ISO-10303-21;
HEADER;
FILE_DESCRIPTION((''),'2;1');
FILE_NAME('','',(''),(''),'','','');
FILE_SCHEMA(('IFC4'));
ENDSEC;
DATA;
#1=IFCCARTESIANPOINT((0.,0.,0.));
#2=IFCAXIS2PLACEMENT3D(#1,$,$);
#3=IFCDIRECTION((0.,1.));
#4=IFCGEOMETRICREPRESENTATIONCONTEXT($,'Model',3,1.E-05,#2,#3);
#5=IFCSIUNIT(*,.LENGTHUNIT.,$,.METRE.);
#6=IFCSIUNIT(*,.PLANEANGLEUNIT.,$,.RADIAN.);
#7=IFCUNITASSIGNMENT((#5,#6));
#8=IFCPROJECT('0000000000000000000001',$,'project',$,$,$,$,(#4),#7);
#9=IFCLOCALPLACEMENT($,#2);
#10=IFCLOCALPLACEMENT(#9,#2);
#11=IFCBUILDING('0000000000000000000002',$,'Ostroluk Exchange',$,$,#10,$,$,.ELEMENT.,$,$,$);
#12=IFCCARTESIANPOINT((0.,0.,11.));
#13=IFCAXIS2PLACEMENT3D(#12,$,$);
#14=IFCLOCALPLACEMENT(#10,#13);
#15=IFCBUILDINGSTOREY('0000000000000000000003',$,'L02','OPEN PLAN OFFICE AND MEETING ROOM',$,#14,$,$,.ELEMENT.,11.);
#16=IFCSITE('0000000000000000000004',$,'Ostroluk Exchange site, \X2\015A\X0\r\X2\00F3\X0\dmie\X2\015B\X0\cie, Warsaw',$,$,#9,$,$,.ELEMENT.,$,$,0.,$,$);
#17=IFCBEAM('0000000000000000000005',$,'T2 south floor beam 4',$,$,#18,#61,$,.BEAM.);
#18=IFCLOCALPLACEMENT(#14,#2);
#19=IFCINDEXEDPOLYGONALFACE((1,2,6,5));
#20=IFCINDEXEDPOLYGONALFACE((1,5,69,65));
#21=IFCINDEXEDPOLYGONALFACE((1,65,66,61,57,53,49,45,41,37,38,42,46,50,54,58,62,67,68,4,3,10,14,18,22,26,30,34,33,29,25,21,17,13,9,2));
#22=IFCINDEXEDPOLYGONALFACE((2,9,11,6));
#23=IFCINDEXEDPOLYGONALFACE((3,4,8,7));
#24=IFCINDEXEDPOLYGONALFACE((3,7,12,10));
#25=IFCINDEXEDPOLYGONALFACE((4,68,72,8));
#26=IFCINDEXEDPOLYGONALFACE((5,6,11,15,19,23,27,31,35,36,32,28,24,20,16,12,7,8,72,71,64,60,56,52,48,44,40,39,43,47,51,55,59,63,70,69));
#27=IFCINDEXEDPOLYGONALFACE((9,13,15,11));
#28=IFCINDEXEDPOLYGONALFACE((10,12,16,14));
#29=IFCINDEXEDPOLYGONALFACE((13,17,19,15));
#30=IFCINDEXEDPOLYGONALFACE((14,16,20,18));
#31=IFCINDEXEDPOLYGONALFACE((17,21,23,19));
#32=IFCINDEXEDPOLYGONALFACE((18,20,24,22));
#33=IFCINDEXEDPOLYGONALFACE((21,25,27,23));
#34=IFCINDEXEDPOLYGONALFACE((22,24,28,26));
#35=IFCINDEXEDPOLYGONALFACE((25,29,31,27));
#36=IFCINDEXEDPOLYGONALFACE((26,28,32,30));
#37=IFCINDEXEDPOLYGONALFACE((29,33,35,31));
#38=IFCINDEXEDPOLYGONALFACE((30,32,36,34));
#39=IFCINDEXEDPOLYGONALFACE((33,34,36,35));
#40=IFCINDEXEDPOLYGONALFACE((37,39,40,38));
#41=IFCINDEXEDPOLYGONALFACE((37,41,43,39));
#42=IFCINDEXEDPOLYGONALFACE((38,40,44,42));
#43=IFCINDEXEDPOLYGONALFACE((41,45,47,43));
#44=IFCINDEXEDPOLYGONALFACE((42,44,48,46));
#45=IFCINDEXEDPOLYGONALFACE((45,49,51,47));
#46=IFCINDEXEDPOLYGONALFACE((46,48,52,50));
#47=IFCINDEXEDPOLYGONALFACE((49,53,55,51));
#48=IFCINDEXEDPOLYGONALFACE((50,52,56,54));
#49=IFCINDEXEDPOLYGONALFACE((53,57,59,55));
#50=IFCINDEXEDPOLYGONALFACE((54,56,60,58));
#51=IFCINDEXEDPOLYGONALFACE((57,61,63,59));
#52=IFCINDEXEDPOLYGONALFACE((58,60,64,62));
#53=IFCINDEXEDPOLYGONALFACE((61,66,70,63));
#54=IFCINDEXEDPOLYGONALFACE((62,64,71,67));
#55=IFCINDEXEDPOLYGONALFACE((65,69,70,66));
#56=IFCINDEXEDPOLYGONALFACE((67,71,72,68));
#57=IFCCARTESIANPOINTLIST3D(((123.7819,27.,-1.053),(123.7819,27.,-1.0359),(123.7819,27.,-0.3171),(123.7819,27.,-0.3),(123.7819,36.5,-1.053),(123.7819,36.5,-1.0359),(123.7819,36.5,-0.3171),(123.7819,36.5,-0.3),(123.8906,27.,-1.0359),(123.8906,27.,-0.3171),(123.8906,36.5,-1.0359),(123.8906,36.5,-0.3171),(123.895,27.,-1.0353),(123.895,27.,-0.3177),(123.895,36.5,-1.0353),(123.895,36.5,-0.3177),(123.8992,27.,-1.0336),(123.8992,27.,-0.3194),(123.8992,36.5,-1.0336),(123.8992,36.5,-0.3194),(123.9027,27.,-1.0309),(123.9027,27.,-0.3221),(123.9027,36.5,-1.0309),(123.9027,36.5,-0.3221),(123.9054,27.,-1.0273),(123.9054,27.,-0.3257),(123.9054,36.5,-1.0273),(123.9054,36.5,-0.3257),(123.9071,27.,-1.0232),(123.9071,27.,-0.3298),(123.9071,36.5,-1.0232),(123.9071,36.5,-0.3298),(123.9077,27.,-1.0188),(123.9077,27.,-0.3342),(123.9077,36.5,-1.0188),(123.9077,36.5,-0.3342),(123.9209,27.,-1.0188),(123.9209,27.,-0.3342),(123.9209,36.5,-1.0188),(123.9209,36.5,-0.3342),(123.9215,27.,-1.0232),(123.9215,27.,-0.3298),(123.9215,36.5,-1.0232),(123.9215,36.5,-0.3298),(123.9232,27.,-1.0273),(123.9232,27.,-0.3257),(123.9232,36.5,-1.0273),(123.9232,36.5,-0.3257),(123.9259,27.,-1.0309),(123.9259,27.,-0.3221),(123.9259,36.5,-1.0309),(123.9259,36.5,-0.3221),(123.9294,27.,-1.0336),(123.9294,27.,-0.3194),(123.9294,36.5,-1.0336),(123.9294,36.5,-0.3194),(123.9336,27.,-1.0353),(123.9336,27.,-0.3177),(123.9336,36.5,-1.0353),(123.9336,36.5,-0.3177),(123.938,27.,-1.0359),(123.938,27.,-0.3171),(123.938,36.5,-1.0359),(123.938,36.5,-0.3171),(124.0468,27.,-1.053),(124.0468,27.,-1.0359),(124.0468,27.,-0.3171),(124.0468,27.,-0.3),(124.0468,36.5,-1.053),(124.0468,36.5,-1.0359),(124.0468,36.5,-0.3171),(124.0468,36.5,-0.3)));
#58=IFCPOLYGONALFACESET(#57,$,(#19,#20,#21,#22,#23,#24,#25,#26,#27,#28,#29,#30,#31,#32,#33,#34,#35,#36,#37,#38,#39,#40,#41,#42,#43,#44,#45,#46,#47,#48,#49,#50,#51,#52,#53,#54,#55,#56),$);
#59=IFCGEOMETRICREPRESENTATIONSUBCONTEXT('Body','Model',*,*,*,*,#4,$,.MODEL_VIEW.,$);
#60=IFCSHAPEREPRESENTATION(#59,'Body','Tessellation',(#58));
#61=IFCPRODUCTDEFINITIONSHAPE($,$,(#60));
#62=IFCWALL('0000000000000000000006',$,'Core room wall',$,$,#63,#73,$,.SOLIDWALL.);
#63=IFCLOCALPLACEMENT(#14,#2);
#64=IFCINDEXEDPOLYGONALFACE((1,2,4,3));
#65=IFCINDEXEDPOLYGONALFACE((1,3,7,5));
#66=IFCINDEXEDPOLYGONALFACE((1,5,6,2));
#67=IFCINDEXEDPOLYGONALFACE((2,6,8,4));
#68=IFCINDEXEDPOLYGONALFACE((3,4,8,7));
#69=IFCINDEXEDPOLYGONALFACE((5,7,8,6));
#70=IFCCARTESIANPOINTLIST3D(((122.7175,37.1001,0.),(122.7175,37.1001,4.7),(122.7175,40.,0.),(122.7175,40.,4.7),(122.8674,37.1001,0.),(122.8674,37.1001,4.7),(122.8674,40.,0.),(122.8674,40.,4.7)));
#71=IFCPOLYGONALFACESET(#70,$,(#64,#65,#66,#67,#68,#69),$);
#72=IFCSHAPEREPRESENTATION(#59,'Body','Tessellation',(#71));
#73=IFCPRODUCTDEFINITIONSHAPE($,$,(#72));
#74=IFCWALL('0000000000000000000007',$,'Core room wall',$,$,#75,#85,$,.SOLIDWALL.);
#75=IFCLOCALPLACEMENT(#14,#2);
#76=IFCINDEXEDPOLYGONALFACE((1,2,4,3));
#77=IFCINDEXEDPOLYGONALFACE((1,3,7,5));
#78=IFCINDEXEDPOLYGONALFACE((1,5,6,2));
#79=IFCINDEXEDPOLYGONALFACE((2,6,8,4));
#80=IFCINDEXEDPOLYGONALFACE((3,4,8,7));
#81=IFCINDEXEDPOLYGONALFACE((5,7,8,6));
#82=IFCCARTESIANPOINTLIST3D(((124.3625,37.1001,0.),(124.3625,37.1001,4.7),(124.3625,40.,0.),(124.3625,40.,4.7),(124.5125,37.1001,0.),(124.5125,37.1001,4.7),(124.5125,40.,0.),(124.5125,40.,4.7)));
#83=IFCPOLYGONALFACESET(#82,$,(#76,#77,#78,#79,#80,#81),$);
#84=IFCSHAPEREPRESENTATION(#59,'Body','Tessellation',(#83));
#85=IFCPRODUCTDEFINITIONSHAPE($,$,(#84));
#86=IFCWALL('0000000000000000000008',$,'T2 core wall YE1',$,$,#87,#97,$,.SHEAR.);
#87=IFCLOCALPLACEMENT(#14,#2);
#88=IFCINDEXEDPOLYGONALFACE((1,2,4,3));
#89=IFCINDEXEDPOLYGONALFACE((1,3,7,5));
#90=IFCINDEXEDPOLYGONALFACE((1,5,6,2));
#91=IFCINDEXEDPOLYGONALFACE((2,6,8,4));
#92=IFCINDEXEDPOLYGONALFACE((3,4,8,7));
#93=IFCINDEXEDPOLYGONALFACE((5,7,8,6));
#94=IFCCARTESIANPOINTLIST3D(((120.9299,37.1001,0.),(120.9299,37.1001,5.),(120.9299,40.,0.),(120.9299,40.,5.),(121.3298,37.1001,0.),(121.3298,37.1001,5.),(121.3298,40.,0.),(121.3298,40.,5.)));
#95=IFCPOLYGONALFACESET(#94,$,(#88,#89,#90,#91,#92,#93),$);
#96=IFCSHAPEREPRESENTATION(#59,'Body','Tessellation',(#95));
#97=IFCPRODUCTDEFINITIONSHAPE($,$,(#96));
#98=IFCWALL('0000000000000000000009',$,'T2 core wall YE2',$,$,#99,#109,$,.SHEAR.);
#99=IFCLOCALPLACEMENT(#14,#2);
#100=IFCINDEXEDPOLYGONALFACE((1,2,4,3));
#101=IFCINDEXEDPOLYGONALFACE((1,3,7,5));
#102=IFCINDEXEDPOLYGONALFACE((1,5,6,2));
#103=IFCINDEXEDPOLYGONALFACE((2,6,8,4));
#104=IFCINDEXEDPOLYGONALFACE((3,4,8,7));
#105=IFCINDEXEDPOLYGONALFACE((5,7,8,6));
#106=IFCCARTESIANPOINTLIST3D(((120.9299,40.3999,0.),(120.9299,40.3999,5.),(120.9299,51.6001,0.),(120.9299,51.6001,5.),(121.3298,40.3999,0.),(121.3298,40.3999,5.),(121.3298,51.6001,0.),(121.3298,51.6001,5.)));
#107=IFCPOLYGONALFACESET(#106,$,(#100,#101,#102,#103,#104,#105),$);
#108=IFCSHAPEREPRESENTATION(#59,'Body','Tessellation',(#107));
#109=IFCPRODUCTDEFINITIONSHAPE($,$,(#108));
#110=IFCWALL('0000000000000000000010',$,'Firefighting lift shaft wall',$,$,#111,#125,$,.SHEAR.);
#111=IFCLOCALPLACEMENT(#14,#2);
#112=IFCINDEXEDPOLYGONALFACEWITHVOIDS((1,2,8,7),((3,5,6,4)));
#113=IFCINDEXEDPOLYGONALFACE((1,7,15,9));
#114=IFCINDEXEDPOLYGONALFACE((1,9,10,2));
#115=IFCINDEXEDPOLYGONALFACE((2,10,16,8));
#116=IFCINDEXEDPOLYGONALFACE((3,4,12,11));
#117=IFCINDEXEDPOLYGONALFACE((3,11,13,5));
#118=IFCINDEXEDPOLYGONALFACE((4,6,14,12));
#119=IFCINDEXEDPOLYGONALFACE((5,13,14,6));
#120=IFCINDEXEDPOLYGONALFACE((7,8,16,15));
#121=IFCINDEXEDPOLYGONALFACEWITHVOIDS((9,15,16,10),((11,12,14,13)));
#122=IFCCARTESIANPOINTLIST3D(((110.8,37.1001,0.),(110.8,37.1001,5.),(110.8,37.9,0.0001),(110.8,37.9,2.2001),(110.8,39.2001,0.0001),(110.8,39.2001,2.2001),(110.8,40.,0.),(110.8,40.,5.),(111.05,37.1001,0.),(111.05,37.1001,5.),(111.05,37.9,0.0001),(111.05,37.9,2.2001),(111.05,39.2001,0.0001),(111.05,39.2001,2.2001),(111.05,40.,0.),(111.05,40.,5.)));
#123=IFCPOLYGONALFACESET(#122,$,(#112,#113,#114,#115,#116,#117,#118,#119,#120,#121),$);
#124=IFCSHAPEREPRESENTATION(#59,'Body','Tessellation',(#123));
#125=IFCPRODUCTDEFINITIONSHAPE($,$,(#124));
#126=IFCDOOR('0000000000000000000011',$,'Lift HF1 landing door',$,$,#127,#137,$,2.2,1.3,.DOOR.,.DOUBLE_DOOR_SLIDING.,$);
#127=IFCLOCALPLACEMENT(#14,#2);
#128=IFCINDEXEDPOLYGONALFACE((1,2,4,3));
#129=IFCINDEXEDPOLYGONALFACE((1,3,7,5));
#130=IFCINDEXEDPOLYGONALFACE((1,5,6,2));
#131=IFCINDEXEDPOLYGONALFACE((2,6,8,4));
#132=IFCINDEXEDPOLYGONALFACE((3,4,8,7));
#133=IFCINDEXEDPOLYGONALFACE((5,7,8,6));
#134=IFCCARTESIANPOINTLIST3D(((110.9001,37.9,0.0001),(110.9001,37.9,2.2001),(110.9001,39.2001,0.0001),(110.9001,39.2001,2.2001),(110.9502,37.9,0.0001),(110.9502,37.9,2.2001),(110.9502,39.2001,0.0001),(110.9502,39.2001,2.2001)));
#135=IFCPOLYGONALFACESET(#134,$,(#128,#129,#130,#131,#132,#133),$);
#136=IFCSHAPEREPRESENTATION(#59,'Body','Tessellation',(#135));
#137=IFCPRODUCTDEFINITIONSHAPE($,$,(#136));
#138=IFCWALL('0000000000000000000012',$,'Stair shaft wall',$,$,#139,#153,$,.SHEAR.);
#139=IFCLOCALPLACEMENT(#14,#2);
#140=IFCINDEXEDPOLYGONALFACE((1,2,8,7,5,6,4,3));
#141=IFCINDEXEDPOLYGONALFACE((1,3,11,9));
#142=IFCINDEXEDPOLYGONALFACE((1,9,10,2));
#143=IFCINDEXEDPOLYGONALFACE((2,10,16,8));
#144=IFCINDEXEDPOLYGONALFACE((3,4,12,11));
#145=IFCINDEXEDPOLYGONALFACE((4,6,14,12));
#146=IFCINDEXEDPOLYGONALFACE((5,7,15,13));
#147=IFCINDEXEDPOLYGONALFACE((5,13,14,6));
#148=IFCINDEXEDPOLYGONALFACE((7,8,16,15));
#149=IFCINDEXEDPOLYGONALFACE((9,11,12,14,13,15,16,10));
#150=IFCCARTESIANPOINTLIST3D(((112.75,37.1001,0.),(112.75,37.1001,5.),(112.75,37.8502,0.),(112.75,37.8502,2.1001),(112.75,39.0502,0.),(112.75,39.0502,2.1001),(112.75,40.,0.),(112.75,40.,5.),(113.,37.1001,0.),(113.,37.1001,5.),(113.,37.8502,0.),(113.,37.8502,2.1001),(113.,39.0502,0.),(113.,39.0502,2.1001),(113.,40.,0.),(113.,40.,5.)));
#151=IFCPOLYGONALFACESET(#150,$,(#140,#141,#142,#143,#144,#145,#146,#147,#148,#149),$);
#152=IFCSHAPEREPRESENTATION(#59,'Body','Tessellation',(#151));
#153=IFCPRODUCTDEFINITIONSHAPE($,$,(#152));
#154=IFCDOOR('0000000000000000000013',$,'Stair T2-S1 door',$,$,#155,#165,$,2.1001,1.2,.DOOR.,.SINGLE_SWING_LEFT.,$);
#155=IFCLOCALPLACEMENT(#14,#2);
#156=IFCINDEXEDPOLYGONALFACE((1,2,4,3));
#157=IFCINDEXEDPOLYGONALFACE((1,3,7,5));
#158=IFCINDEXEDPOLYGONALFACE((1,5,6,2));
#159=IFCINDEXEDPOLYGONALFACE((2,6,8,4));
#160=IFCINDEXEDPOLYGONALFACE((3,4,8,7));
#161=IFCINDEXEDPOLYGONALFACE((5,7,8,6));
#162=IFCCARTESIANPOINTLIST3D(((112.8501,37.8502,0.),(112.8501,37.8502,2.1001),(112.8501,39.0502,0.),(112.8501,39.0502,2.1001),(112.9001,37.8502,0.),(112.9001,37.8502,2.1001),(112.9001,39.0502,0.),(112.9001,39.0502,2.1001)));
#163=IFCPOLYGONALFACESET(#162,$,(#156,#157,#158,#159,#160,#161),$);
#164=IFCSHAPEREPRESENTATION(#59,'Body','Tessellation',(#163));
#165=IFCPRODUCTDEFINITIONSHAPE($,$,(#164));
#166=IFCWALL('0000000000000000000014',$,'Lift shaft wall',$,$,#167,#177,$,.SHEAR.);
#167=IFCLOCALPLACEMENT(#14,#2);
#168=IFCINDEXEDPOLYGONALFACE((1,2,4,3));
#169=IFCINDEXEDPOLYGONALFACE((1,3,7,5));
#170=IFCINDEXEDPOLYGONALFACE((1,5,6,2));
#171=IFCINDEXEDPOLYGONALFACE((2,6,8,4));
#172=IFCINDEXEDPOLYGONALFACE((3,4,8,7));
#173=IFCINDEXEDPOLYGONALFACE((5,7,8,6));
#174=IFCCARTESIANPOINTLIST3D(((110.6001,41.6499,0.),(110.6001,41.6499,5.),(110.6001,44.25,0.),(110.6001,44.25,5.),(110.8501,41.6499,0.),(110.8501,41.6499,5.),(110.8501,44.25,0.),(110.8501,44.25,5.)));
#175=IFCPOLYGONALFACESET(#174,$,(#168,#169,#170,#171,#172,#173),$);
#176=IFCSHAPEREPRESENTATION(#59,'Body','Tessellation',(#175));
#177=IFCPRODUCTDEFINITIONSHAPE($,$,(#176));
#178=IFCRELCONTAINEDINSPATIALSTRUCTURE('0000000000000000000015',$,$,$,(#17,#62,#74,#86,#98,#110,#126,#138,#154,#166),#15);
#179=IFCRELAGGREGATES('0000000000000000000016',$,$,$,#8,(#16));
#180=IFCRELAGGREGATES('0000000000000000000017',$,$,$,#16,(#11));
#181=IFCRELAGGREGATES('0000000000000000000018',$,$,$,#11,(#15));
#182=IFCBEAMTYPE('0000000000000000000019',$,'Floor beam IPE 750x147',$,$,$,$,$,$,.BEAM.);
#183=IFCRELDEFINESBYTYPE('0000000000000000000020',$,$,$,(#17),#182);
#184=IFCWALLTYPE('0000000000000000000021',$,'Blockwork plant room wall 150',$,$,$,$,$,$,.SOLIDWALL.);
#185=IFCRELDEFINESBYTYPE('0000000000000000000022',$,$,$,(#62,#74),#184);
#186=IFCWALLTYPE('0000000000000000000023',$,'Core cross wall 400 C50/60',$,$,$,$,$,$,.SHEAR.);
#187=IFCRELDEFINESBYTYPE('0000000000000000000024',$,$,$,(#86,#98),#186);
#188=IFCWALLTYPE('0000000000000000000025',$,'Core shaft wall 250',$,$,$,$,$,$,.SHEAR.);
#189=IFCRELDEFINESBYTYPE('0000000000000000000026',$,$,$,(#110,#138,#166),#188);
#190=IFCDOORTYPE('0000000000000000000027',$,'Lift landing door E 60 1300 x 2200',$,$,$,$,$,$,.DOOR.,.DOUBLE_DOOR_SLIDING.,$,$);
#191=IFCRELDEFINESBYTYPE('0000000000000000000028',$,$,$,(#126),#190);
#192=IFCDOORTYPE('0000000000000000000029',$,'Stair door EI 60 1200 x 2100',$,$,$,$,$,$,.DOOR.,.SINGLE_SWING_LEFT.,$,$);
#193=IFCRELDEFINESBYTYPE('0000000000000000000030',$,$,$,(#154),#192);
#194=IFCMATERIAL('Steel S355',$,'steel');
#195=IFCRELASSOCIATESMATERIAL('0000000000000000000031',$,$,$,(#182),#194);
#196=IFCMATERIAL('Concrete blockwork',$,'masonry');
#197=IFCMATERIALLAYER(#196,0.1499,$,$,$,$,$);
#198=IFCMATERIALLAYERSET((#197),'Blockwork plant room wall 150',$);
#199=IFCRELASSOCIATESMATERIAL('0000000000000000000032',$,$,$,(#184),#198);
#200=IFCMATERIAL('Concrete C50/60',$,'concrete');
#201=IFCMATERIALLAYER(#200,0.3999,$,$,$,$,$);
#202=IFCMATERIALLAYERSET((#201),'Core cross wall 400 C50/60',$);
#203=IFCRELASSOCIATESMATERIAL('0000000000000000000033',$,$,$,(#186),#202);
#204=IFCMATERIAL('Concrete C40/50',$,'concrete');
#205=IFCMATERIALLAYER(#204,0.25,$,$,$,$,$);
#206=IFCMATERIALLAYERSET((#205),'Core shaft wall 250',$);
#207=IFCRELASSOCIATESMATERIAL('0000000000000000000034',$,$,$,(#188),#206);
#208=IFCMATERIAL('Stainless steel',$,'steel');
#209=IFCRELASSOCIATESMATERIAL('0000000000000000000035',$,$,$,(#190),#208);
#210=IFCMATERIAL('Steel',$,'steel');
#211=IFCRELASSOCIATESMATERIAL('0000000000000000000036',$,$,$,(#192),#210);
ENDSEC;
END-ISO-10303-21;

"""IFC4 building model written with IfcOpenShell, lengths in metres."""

from ifc_helpers import new_model, si_unit, direction, frame, frame_2d, origin, origin_2d, place, context, subcontext, project, spatial, rectangle, i_section, extrude, material, layer, layer_set, material_profile, profile_set, type_object, element, fill, save


model = new_model("IFC4")

# Units and contexts
model_context = context("Model", 3, precision=1e-05, world=origin(), true_north=direction((0.0, 1.0)))
body_context = subcontext(model_context, "Body", "Model", "MODEL_VIEW")
ifc_project = project(units=[si_unit("LENGTHUNIT", "METRE"), si_unit("PLANEANGLEUNIT", "RADIAN")], contexts=[model_context])

# Site, building, storey
site_placement = place(None, origin())
site = spatial("IfcSite", under=ifc_project, at=site_placement, Name="Ostroluk Exchange site, Śródmieście, Warsaw", CompositionType="ELEMENT", RefElevation=0.0)
building_placement = place(site_placement, origin())
building = spatial("IfcBuilding", under=site, at=building_placement, Name="Ostroluk Exchange", CompositionType="ELEMENT")
storey_placement = place(building_placement, frame((0.0, 0.0, 11.0)))
storey = spatial("IfcBuildingStorey", under=building, at=storey_placement, Name="L02", Description="OPEN PLAN OFFICE AND MEETING ROOM", CompositionType="ELEMENT", Elevation=11.0)

# Beam
ifc_material_1 = material(Name="Steel S355", Category="steel")
ifc_material_profile = material_profile(ifc_material_1, i_section(OverallWidth=0.2649, OverallDepth=0.7529, WebThickness=0.0132, FlangeThickness=0.0171, FilletRadius=0.0171, at=origin_2d()), Name="IPE 750x147")
ifc_profile_set = profile_set([ifc_material_profile], Name="Steel S355")
beam_type = type_object("IfcBeamType", Name="Floor beam IPE 750x147", PredefinedType="BEAM", material=ifc_profile_set)
beam_placement = place(storey_placement, frame((123.9143, 36.5, -0.6765), z_axis=(0.0, -1.0, 0.0), x_axis=(1.0, 0.0, 0.0)))
element("IfcBeam", 1, at=beam_placement, inside=storey, type_object=beam_type, Name="T2 south floor beam 4", PredefinedType="BEAM", context=body_context, shape_type="SweptSolid", body=[
    extrude(i_section(OverallWidth=0.2649, OverallDepth=0.7529, WebThickness=0.0132, FlangeThickness=0.0171, FilletRadius=0.0171, at=origin_2d()), origin(), (0.0, 0.0, 1.0), 9.5),
])

# Walls
ifc_material_2 = material(Name="Concrete blockwork", Category="masonry")
ifc_layer_1 = layer(ifc_material_2, 0.1499)
ifc_layer_set_1 = layer_set([ifc_layer_1], Name="Blockwork plant room wall 150")
wall_type_1 = type_object("IfcWallType", Name="Blockwork plant room wall 150", PredefinedType="SOLIDWALL", material=ifc_layer_set_1)
for number, where, z_axis, x_axis, name in (
    (2, (122.7925, 37.1001, 0.0), (0.0, 0.0, 1.0), (0.0, 1.0, 0.0), "Core room wall"),
    (3, (124.4375, 37.1001, 0.0), (0.0, 0.0, 1.0), (0.0, 1.0, 0.0), "Core room wall"),
):
    element("IfcWall", number, at=place(storey_placement, frame(where, z_axis=z_axis, x_axis=x_axis)), inside=storey, type_object=wall_type_1, Name=name, PredefinedType="SOLIDWALL", context=body_context, shape_type="SweptSolid", body=[
        extrude(rectangle(XDim=2.8999, YDim=0.1499, at=frame_2d((1.45, 0.0))), origin(), (0.0, 0.0, 1.0), 4.7),
    ])
ifc_material_3 = material(Name="Concrete C50/60", Category="concrete")
ifc_layer_2 = layer(ifc_material_3, 0.3999)
ifc_layer_set_2 = layer_set([ifc_layer_2], Name="Core cross wall 400 C50/60")
wall_type_2 = type_object("IfcWallType", Name="Core cross wall 400 C50/60", PredefinedType="SHEAR", material=ifc_layer_set_2)
wall_1_placement = place(storey_placement, frame((121.1299, 37.1001, 0.0), z_axis=(0.0, 0.0, 1.0), x_axis=(0.0, 1.0, 0.0)))
element("IfcWall", 4, at=wall_1_placement, inside=storey, type_object=wall_type_2, Name="T2 core wall YE1", PredefinedType="SHEAR", context=body_context, shape_type="SweptSolid", body=[
    extrude(rectangle(XDim=2.8999, YDim=0.3999, at=frame_2d((1.45, 0.0))), origin(), (0.0, 0.0, 1.0), 5.0),
])
wall_2_placement = place(storey_placement, frame((121.1299, 40.3999, 0.0), z_axis=(0.0, 0.0, 1.0), x_axis=(0.0, 1.0, 0.0)))
element("IfcWall", 5, at=wall_2_placement, inside=storey, type_object=wall_type_2, Name="T2 core wall YE2", PredefinedType="SHEAR", context=body_context, shape_type="SweptSolid", body=[
    extrude(rectangle(XDim=11.2002, YDim=0.3999, at=frame_2d((5.6001, 0.0))), origin(), (0.0, 0.0, 1.0), 5.0),
])

# Walls, openings, doors
ifc_material_4 = material(Name="Concrete C40/50", Category="concrete")
ifc_layer_3 = layer(ifc_material_4, 0.25)
ifc_layer_set_3 = layer_set([ifc_layer_3], Name="Core shaft wall 250")
wall_type_3 = type_object("IfcWallType", Name="Core shaft wall 250", PredefinedType="SHEAR", material=ifc_layer_set_3)
wall_3_placement = place(storey_placement, frame((110.925, 37.1001, 0.0), z_axis=(0.0, 0.0, 1.0), x_axis=(0.0, 1.0, 0.0)))
wall_3 = element("IfcWall", 6, at=wall_3_placement, inside=storey, type_object=wall_type_3, Name="Firefighting lift shaft wall", PredefinedType="SHEAR", context=body_context, shape_type="SweptSolid", body=[
    extrude(rectangle(XDim=2.8999, YDim=0.25, at=frame_2d((1.45, 0.0))), origin(), (0.0, 0.0, 1.0), 5.0),
])
opening_1_placement = place(wall_3_placement, frame((0.8, 0.0, 0.0)))
opening_1 = element("IfcOpeningElement", 7, at=opening_1_placement, cuts=wall_3, PredefinedType="OPENING", context=body_context, shape_type="SweptSolid", body=[
    extrude(rectangle(XDim=1.3, YDim=2.2, at=frame_2d((0.6499, 1.1001))), frame((0.0, 0.135, 0.0), z_axis=(0.0, -1.0, 0.0), x_axis=(1.0, 0.0, 0.0)), (0.0, 0.0, 1.0), 0.27),
])
ifc_material_5 = material(Name="Stainless steel", Category="steel")
door_type_1 = type_object("IfcDoorType", Name="Lift landing door E 60 1300 x 2200", OperationType="DOUBLE_DOOR_SLIDING", PredefinedType="DOOR", material=ifc_material_5)
door_1_placement = place(opening_1_placement, origin())
door_1 = element("IfcDoor", 8, at=door_1_placement, inside=storey, type_object=door_type_1, Name="Lift HF1 landing door", OperationType="DOUBLE_DOOR_SLIDING", OverallHeight=2.2, OverallWidth=1.3, PredefinedType="DOOR", context=body_context, shape_type="SweptSolid", body=[
    extrude(rectangle(XDim=1.3, YDim=2.2, at=frame_2d((0.6499, 1.1001))), frame((0.0, 0.0249, 0.0), z_axis=(0.0, -1.0, 0.0), x_axis=(1.0, 0.0, 0.0)), (0.0, 0.0, 1.0), 0.05),
])
fill(opening_1, door_1)
wall_4_placement = place(storey_placement, frame((112.875, 37.1001, 0.0), z_axis=(0.0, 0.0, 1.0), x_axis=(0.0, 1.0, 0.0)))
wall_4 = element("IfcWall", 9, at=wall_4_placement, inside=storey, type_object=wall_type_3, Name="Stair shaft wall", PredefinedType="SHEAR", context=body_context, shape_type="SweptSolid", body=[
    extrude(rectangle(XDim=2.8999, YDim=0.25, at=frame_2d((1.45, 0.0))), origin(), (0.0, 0.0, 1.0), 5.0),
])
opening_2_placement = place(wall_4_placement, frame((0.75, 0.0, 0.0)))
opening_2 = element("IfcOpeningElement", 10, at=opening_2_placement, cuts=wall_4, PredefinedType="OPENING", context=body_context, shape_type="SweptSolid", body=[
    extrude(rectangle(XDim=1.2, YDim=2.1001, at=frame_2d((0.6001, 1.05))), frame((0.0, 0.135, 0.0), z_axis=(0.0, -1.0, 0.0), x_axis=(1.0, 0.0, 0.0)), (0.0, 0.0, 1.0), 0.27),
])
ifc_material_6 = material(Name="Steel", Category="steel")
door_type_2 = type_object("IfcDoorType", Name="Stair door EI 60 1200 x 2100", OperationType="SINGLE_SWING_LEFT", PredefinedType="DOOR", material=ifc_material_6)
door_2_placement = place(opening_2_placement, origin())
door_2 = element("IfcDoor", 11, at=door_2_placement, inside=storey, type_object=door_type_2, Name="Stair T2-S1 door", OperationType="SINGLE_SWING_LEFT", OverallHeight=2.1001, OverallWidth=1.2, PredefinedType="DOOR", context=body_context, shape_type="SweptSolid", body=[
    extrude(rectangle(XDim=1.2, YDim=2.1001, at=frame_2d((0.6001, 1.05))), frame((0.0, 0.0249, 0.0), z_axis=(0.0, -1.0, 0.0), x_axis=(1.0, 0.0, 0.0)), (0.0, 0.0, 1.0), 0.05),
])
fill(opening_2, door_2)

# Wall
for number, where, z_axis, x_axis, name in (
    (12, (110.7251, 44.25, 0.0), (0.0, 0.0, 1.0), (0.0, -1.0, 0.0), "Lift shaft wall"),
):
    element("IfcWall", number, at=place(storey_placement, frame(where, z_axis=z_axis, x_axis=x_axis)), inside=storey, type_object=wall_type_3, Name=name, PredefinedType="SHEAR", context=body_context, shape_type="SweptSolid", body=[
        extrude(rectangle(XDim=2.6001, YDim=0.25, at=frame_2d((1.3, 0.0))), origin(), (0.0, 0.0, 1.0), 5.0),
    ])

save(model, "model.ifc")
